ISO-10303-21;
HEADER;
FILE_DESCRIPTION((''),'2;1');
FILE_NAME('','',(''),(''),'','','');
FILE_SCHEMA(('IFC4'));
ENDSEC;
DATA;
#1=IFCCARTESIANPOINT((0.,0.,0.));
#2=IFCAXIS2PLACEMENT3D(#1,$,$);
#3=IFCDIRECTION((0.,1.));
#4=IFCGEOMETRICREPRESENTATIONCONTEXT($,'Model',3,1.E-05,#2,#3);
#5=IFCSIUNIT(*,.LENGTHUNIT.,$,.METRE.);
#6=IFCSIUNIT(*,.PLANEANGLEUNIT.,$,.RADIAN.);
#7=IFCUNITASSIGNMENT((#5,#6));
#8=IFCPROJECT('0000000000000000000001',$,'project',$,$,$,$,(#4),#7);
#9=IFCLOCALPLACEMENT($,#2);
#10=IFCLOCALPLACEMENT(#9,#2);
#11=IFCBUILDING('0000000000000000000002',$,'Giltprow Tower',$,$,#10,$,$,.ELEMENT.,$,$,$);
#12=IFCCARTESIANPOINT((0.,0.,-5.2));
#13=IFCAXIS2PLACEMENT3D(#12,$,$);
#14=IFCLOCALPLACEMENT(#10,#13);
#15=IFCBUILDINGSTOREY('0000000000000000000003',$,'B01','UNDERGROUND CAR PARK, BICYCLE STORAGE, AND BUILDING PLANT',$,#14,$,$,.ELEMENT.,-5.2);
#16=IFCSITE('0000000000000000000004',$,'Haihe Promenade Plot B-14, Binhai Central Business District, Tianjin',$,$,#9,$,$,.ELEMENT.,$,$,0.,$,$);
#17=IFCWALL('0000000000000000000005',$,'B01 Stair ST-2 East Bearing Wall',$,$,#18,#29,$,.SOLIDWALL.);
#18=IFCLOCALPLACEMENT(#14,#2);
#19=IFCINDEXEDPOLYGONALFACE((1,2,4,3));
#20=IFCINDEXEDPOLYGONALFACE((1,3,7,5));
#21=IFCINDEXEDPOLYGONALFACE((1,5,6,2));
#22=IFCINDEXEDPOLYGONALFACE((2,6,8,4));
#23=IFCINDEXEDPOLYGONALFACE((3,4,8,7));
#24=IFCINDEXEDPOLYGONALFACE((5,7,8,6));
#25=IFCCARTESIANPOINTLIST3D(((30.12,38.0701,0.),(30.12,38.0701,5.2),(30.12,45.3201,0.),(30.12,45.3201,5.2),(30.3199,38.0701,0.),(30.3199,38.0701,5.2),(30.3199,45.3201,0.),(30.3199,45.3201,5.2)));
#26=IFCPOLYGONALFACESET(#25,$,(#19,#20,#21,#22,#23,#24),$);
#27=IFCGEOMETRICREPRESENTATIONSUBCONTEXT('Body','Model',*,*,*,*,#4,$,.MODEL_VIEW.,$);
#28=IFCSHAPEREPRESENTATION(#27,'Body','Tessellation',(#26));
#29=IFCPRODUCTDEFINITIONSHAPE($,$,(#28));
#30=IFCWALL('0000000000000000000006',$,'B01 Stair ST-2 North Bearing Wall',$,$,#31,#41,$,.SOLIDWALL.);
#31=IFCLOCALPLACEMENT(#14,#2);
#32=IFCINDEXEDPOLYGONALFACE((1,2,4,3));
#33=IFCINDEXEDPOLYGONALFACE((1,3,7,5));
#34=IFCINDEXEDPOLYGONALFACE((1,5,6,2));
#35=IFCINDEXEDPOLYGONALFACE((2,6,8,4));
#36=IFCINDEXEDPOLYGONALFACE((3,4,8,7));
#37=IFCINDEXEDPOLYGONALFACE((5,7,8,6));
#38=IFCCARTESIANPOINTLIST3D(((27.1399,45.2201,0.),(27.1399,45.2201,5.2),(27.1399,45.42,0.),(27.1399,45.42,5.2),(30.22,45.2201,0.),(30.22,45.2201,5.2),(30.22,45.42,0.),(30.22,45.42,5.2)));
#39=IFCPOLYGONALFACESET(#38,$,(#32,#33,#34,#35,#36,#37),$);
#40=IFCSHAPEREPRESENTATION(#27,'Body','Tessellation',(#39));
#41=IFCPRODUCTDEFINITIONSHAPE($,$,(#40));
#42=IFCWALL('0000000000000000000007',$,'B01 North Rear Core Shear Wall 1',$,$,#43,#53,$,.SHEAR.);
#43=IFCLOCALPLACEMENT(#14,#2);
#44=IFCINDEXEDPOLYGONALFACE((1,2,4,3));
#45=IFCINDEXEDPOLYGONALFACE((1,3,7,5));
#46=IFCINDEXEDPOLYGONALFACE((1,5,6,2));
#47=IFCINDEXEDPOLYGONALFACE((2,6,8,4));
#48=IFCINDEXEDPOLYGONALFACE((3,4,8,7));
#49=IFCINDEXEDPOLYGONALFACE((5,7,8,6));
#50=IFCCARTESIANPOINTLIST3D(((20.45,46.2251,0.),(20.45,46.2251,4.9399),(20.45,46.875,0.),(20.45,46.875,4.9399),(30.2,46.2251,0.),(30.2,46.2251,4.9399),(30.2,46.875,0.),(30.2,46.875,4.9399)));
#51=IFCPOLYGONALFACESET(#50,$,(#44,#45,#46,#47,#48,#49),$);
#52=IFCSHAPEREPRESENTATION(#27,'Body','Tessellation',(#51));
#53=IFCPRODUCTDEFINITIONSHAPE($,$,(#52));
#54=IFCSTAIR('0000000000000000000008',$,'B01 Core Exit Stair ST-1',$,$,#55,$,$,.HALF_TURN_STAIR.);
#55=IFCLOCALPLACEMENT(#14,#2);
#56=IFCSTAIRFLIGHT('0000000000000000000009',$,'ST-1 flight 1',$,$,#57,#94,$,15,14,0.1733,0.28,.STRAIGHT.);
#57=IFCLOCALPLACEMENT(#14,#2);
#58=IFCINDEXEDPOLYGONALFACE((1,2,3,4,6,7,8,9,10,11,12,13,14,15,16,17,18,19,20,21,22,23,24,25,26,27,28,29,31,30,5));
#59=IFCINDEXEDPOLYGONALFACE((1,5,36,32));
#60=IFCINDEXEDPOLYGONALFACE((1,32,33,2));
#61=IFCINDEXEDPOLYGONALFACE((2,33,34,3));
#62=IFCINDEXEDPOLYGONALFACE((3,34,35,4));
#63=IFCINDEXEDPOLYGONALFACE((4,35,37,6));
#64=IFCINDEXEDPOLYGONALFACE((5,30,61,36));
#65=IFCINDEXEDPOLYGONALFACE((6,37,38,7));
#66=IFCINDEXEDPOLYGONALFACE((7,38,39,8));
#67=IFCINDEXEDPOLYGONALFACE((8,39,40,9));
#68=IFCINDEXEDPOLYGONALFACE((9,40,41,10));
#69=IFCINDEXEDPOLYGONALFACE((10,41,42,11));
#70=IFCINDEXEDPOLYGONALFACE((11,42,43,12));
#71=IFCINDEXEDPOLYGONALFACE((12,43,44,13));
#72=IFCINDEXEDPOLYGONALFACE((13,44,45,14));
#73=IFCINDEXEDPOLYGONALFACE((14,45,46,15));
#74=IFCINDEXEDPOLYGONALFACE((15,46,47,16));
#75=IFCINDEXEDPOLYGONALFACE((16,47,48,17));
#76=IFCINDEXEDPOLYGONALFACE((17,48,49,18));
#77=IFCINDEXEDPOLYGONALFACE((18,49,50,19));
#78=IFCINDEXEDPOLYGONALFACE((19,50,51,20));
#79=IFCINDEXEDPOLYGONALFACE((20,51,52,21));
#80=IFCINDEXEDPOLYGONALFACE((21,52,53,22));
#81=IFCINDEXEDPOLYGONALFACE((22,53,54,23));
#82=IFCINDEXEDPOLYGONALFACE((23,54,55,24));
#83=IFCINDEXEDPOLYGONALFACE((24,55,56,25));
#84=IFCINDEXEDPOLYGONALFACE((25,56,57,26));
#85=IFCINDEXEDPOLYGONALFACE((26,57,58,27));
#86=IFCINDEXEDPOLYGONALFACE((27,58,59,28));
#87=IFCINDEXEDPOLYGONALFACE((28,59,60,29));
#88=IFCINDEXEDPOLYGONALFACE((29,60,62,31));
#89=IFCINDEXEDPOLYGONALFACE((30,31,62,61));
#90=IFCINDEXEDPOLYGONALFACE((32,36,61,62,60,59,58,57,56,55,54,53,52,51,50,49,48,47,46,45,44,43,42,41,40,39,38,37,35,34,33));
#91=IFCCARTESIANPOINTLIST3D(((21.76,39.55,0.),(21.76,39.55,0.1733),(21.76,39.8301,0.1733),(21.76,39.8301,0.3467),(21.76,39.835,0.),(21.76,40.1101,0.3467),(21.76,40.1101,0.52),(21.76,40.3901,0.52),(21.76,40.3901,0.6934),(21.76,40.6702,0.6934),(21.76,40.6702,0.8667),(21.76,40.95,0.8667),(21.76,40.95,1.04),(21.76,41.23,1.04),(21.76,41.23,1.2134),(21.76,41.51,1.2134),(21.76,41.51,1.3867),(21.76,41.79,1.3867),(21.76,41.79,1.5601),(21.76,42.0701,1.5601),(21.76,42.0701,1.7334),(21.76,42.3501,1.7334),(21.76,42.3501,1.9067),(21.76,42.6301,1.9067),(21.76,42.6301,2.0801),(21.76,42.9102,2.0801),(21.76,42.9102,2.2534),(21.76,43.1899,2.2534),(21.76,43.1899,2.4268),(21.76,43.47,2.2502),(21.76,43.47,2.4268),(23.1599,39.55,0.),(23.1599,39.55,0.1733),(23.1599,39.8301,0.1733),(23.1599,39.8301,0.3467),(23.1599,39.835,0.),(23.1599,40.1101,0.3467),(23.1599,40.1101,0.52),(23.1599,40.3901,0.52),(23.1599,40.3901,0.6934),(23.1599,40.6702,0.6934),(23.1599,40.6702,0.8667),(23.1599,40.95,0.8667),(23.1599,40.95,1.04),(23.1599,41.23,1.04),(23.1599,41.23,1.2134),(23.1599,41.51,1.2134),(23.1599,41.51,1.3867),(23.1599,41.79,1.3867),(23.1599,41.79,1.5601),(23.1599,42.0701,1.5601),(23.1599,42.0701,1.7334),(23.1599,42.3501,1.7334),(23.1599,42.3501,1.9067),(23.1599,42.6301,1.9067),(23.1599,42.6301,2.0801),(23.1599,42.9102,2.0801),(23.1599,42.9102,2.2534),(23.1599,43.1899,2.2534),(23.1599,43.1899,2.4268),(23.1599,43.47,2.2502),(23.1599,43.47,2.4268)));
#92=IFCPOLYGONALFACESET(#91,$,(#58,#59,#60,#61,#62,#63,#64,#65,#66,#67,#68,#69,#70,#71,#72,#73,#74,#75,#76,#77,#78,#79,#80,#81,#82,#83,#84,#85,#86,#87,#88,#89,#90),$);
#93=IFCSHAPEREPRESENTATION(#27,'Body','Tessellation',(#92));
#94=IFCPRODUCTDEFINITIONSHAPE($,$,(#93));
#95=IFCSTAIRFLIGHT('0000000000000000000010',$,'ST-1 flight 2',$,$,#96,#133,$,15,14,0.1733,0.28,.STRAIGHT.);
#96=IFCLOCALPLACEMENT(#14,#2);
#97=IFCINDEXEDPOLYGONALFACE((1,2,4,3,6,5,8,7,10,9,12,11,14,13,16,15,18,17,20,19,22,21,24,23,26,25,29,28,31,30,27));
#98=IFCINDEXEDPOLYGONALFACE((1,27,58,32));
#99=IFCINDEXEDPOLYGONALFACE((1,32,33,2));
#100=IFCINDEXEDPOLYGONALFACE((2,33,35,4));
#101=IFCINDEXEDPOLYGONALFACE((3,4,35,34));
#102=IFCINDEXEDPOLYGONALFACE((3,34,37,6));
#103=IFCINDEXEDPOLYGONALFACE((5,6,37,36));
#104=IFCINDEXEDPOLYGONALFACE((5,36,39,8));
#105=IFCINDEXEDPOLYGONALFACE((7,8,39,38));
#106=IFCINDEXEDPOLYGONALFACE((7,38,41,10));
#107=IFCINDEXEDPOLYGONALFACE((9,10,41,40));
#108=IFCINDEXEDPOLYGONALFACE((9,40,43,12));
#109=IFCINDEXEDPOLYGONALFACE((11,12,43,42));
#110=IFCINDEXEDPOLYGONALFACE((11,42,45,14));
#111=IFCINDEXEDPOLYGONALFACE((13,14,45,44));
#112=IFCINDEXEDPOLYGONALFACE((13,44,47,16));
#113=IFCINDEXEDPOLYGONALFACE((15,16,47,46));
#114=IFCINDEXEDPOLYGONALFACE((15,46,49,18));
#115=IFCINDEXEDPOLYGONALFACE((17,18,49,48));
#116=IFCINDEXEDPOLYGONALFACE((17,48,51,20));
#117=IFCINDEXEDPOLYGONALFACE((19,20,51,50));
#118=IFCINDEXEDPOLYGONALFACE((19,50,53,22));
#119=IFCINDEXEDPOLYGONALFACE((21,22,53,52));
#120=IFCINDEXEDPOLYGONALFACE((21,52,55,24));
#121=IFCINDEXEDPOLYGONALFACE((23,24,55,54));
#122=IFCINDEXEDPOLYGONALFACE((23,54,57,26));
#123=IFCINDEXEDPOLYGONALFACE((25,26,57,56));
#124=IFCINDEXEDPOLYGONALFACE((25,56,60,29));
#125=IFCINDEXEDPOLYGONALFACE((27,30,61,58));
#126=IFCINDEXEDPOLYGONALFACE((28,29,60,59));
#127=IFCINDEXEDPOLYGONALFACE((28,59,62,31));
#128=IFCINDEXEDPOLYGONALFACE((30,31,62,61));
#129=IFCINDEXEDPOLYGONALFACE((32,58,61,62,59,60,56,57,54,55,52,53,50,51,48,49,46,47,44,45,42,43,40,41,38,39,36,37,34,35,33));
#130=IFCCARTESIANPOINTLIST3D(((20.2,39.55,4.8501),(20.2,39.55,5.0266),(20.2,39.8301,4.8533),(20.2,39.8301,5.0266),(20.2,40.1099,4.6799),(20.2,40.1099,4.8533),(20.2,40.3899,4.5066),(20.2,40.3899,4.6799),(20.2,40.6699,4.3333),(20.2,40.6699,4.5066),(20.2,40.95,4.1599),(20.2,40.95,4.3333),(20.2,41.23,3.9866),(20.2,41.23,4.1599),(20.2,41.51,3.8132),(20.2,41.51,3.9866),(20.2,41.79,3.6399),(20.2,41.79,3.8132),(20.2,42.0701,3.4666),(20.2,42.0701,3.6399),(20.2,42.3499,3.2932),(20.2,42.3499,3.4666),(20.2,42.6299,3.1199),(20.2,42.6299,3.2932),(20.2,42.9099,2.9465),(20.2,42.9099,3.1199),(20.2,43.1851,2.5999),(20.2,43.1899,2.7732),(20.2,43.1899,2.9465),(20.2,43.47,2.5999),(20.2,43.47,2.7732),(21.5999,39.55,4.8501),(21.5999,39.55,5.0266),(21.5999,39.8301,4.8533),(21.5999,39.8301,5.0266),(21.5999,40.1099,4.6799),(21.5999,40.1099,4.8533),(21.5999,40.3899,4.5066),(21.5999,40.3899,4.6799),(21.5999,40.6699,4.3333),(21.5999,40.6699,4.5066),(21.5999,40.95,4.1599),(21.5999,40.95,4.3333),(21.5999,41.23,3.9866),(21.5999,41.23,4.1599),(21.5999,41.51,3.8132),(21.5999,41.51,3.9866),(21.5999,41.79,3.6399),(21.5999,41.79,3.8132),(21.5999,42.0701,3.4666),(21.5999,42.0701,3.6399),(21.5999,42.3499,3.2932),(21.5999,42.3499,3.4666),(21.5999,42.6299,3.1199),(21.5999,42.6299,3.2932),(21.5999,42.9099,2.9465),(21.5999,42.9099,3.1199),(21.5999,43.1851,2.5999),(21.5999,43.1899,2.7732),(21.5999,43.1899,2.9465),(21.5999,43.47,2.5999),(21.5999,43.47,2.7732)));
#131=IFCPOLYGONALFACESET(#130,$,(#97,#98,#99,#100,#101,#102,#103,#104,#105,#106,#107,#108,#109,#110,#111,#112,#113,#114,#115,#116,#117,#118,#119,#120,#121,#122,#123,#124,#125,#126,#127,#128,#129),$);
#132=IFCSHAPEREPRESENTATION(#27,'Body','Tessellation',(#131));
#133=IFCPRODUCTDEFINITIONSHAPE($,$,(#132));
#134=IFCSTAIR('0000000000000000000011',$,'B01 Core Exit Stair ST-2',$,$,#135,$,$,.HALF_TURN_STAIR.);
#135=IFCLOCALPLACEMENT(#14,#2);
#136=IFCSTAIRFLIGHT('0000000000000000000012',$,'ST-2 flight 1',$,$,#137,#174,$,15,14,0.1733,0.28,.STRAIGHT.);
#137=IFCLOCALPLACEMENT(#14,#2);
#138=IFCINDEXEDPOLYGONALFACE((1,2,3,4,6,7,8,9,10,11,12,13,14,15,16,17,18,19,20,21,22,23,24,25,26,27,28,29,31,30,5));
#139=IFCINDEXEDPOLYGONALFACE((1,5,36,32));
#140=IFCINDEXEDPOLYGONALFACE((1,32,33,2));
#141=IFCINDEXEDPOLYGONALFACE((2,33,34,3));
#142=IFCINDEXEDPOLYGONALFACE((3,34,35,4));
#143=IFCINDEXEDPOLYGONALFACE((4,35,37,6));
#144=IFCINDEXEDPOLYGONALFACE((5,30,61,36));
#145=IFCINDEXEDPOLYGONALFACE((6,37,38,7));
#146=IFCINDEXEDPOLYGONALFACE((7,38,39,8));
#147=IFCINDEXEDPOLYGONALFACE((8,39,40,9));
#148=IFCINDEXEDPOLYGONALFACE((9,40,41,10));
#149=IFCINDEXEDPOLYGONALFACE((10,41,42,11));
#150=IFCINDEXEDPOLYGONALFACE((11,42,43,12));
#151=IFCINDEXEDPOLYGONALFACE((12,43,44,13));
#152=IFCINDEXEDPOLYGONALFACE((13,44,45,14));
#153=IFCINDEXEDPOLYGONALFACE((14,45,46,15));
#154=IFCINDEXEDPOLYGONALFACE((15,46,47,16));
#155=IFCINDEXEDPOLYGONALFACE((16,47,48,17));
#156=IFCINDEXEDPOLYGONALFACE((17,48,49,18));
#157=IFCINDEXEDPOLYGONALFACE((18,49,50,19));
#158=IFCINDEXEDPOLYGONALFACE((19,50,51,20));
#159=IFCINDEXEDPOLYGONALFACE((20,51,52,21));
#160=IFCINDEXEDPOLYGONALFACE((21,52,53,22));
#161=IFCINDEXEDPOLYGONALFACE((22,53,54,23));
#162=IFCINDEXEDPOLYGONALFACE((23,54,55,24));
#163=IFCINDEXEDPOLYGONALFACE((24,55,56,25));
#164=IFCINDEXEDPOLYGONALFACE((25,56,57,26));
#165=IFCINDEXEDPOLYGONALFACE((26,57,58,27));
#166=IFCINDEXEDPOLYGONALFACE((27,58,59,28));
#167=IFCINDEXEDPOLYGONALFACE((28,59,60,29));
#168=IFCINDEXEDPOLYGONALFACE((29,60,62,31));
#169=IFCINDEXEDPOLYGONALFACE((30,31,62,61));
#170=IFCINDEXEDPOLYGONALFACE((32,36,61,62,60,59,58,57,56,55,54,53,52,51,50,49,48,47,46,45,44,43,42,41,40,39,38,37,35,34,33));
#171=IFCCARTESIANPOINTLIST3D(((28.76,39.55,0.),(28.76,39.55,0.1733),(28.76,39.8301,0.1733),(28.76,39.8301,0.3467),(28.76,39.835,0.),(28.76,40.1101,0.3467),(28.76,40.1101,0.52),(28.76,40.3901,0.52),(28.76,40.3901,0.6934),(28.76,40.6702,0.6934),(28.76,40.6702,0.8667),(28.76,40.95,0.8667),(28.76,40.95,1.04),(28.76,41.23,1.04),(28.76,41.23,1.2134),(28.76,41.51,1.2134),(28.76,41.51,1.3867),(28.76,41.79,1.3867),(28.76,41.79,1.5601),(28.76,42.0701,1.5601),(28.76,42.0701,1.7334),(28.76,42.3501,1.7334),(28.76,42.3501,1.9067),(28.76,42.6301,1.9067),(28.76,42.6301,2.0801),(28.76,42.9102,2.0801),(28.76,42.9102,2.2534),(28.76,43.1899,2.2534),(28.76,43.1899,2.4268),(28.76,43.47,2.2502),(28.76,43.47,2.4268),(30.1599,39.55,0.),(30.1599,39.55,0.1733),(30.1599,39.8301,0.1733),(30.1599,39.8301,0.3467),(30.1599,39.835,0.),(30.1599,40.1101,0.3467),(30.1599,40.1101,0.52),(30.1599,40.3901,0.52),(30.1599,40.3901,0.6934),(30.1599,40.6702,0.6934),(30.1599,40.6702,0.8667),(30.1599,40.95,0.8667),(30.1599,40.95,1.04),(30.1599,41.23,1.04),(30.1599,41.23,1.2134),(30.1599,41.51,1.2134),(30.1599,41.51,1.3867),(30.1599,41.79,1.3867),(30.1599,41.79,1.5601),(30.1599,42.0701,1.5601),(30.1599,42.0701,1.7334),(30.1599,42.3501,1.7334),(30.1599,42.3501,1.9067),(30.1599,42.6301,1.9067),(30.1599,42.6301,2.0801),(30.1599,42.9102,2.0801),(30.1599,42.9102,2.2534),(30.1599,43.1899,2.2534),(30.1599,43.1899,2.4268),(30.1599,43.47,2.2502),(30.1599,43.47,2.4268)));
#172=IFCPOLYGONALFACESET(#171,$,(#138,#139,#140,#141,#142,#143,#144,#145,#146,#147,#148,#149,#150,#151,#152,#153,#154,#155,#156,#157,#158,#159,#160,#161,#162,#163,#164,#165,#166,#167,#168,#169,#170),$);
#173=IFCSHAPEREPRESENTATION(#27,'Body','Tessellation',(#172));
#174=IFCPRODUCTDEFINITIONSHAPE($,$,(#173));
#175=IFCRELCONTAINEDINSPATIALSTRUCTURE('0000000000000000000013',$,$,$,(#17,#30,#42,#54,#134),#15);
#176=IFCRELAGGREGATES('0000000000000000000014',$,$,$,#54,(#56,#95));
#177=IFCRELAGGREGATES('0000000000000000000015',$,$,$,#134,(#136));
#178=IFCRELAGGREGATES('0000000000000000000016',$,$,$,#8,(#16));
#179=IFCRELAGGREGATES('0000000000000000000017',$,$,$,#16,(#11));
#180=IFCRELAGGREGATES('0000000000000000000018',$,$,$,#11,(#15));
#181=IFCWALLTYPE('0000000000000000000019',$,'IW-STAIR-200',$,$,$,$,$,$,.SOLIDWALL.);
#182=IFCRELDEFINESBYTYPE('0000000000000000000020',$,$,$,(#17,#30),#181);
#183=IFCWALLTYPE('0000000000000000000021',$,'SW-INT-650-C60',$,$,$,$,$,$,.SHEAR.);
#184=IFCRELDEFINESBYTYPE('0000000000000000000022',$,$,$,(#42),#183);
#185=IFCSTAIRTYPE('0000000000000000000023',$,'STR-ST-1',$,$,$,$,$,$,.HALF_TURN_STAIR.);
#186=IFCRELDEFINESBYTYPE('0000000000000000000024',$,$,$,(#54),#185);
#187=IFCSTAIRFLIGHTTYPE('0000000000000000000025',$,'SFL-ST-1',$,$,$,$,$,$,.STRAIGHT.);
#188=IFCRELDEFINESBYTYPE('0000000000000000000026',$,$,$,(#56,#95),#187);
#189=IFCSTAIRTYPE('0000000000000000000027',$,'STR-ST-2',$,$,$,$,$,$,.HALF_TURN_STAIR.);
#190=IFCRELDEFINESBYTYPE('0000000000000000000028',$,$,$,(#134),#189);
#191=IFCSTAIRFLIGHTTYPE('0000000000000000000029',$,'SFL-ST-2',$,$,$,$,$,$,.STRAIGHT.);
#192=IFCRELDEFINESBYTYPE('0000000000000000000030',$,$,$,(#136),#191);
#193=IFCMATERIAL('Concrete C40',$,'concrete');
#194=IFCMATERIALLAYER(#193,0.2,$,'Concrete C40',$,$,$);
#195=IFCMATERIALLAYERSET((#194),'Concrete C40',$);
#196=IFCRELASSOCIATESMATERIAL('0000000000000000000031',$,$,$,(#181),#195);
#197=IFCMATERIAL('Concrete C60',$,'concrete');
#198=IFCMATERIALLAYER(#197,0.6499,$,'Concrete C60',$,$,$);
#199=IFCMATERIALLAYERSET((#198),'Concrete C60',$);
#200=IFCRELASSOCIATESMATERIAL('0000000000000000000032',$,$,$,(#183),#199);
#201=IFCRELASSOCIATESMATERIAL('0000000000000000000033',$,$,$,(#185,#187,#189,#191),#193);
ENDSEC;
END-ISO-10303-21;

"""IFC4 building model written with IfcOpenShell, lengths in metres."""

from ifc_helpers import new_model, si_unit, direction, frame, frame_2d, origin, place, context, subcontext, project, spatial, polyline, rectangle, outline, extrude, material, layer, layer_set, type_object, element, aggregate, save


model = new_model("IFC4")

# Units and contexts
model_context = context("Model", 3, precision=1e-05, world=origin(), true_north=direction((0.0, 1.0)))
body_context = subcontext(model_context, "Body", "Model", "MODEL_VIEW")
ifc_project = project(units=[si_unit("LENGTHUNIT", "METRE"), si_unit("PLANEANGLEUNIT", "RADIAN")], contexts=[model_context])

# Site, building, storey
site_placement = place(None, origin())
site = spatial("IfcSite", under=ifc_project, at=site_placement, Name="Haihe Promenade Plot B-14, Binhai Central Business District, Tianjin", CompositionType="ELEMENT", RefElevation=0.0)
building_placement = place(site_placement, origin())
building = spatial("IfcBuilding", under=site, at=building_placement, Name="Giltprow Tower", CompositionType="ELEMENT")
storey_placement = place(building_placement, frame((0.0, 0.0, -5.2)))
storey = spatial("IfcBuildingStorey", under=building, at=storey_placement, Name="B01", Description="UNDERGROUND CAR PARK, BICYCLE STORAGE, AND BUILDING PLANT", CompositionType="ELEMENT", Elevation=-5.2)

# Shared definitions
ifc_material_1 = material(Name="Concrete C60", Category="concrete")

# Shared definitions
ifc_material_2 = material(Name="Concrete C40", Category="concrete")

# Walls
ifc_layer_1 = layer(ifc_material_2, 0.2, Name="Concrete C40")
ifc_layer_set_1 = layer_set([ifc_layer_1], Name="Concrete C40")
wall_type_1 = type_object("IfcWallType", Name="IW-STAIR-200", PredefinedType="SOLIDWALL", material=ifc_layer_set_1)
wall_1_placement = place(storey_placement, frame((30.22, 38.0701, 0.0), z_axis=(0.0, 0.0, 1.0), x_axis=(0.0, 1.0, 0.0)))
element("IfcWall", 1, at=wall_1_placement, inside=storey, type_object=wall_type_1, Name="B01 Stair ST-2 East Bearing Wall", PredefinedType="SOLIDWALL", context=body_context, shape_type="SweptSolid", body=[
    extrude(rectangle(XDim=7.25, YDim=0.2, at=frame_2d((3.625, 0.0))), origin(), (0.0, 0.0, 1.0), 5.2),
])
wall_2_placement = place(storey_placement, frame((27.1399, 45.3201, 0.0), z_axis=(0.0, 0.0, 1.0), x_axis=(1.0, 0.0, 0.0)))
element("IfcWall", 2, at=wall_2_placement, inside=storey, type_object=wall_type_1, Name="B01 Stair ST-2 North Bearing Wall", PredefinedType="SOLIDWALL", context=body_context, shape_type="SweptSolid", body=[
    extrude(rectangle(XDim=3.0801, YDim=0.2, at=frame_2d((1.54, 0.0))), origin(), (0.0, 0.0, 1.0), 5.2),
])
ifc_layer_2 = layer(ifc_material_1, 0.6499, Name="Concrete C60")
ifc_layer_set_2 = layer_set([ifc_layer_2], Name="Concrete C60")
wall_type_2 = type_object("IfcWallType", Name="SW-INT-650-C60", PredefinedType="SHEAR", material=ifc_layer_set_2)
wall_3_placement = place(storey_placement, frame((20.45, 46.55, 0.0), z_axis=(0.0, 0.0, 1.0), x_axis=(1.0, 0.0, 0.0)))
element("IfcWall", 3, at=wall_3_placement, inside=storey, type_object=wall_type_2, Name="B01 North Rear Core Shear Wall 1", PredefinedType="SHEAR", context=body_context, shape_type="SweptSolid", body=[
    extrude(rectangle(XDim=9.75, YDim=0.6499, at=frame_2d((4.875, 0.0))), origin(), (0.0, 0.0, 1.0), 4.9399),
])

# Stairs, stair flights
stair_type_1 = type_object("IfcStairType", Name="STR-ST-1", PredefinedType="HALF_TURN_STAIR", material=ifc_material_2)
stair_1_placement = place(storey_placement, origin())
stair_1 = element("IfcStair", 4, at=stair_1_placement, inside=storey, type_object=stair_type_1, Name="B01 Core Exit Stair ST-1", PredefinedType="HALF_TURN_STAIR")
stair_flight_type_1 = type_object("IfcStairFlightType", Name="SFL-ST-1", PredefinedType="STRAIGHT", material=ifc_material_2)
stair_flight_1_placement = place(storey_placement, frame((22.46, 39.55, 0.0), z_axis=(0.0, 0.0, 1.0), x_axis=(0.0, 1.0, 0.0)))
stair_flight_1 = element("IfcStairFlight", 5, at=stair_flight_1_placement, type_object=stair_flight_type_1, Name="ST-1 flight 1", NumberOfRisers=15, NumberOfTreads=14, PredefinedType="STRAIGHT", RiserHeight=0.1733, TreadLength=0.28, context=body_context, shape_type="SweptSolid", body=[
    extrude(outline(polyline([(0.0, 0.0), (0.0, 0.1733), (0.28, 0.1733), (0.28, 0.3467), (0.5601, 0.3467), (0.5601, 0.52), (0.8401, 0.52), (0.8401, 0.6934), (1.1201, 0.6934), (1.1201, 0.8667), (1.3999, 0.8667), (1.3999, 1.04), (1.6799, 1.04), (1.6799, 1.2134), (1.96, 1.2134), (1.96, 1.3867), (2.24, 1.3867), (2.24, 1.5601), (2.52, 1.5601), (2.52, 1.7334), (2.8, 1.7334), (2.8, 1.9067), (3.0801, 1.9067), (3.0801, 2.0801), (3.3601, 2.0801), (3.3601, 2.2534), (3.6399, 2.2534), (3.6399, 2.4268), (3.9199, 2.4268), (3.9199, 2.6001), (3.9199, 2.2502), (0.2849, 0.0), (0.0, 0.0)])), frame((0.0, 0.7, 0.0), z_axis=(0.0, -1.0, 0.0), x_axis=(1.0, 0.0, 0.0)), (0.0, 0.0, 1.0), 1.3999),
])
stair_flight_2_placement = place(storey_placement, frame((20.8999, 43.47, 2.5999), z_axis=(0.0, 0.0, 1.0), x_axis=(0.0, -1.0, 0.0)))
stair_flight_2 = element("IfcStairFlight", 6, at=stair_flight_2_placement, type_object=stair_flight_type_1, Name="ST-1 flight 2", NumberOfRisers=15, NumberOfTreads=14, PredefinedType="STRAIGHT", RiserHeight=0.1733, TreadLength=0.28, context=body_context, shape_type="SweptSolid", body=[
    extrude(outline(polyline([(0.0, 0.0), (0.0, 0.1733), (0.28, 0.1733), (0.28, 0.3467), (0.5601, 0.3467), (0.5601, 0.52), (0.8401, 0.52), (0.8401, 0.6934), (1.1201, 0.6934), (1.1201, 0.8667), (1.3999, 0.8667), (1.3999, 1.04), (1.6799, 1.04), (1.6799, 1.2134), (1.96, 1.2134), (1.96, 1.3867), (2.24, 1.3867), (2.24, 1.5601), (2.52, 1.5601), (2.52, 1.7334), (2.8, 1.7334), (2.8, 1.9067), (3.0801, 1.9067), (3.0801, 2.0801), (3.3601, 2.0801), (3.3601, 2.2534), (3.6399, 2.2534), (3.6399, 2.4268), (3.9199, 2.4268), (3.9199, 2.6001), (3.9199, 2.2502), (0.2849, 0.0), (0.0, 0.0)])), frame((0.0, 0.7, 0.0), z_axis=(0.0, -1.0, 0.0), x_axis=(1.0, 0.0, 0.0)), (0.0, 0.0, 1.0), 1.3999),
])
aggregate(stair_1, [stair_flight_1, stair_flight_2])
stair_type_2 = type_object("IfcStairType", Name="STR-ST-2", PredefinedType="HALF_TURN_STAIR", material=ifc_material_2)
stair_2_placement = place(storey_placement, origin())
stair_2 = element("IfcStair", 7, at=stair_2_placement, inside=storey, type_object=stair_type_2, Name="B01 Core Exit Stair ST-2", PredefinedType="HALF_TURN_STAIR")
stair_flight_type_2 = type_object("IfcStairFlightType", Name="SFL-ST-2", PredefinedType="STRAIGHT", material=ifc_material_2)
stair_flight_3_placement = place(storey_placement, frame((29.46, 39.55, 0.0), z_axis=(0.0, 0.0, 1.0), x_axis=(0.0, 1.0, 0.0)))
stair_flight_3 = element("IfcStairFlight", 8, at=stair_flight_3_placement, type_object=stair_flight_type_2, Name="ST-2 flight 1", NumberOfRisers=15, NumberOfTreads=14, PredefinedType="STRAIGHT", RiserHeight=0.1733, TreadLength=0.28, context=body_context, shape_type="SweptSolid", body=[
    extrude(outline(polyline([(0.0, 0.0), (0.0, 0.1733), (0.28, 0.1733), (0.28, 0.3467), (0.5601, 0.3467), (0.5601, 0.52), (0.8401, 0.52), (0.8401, 0.6934), (1.1201, 0.6934), (1.1201, 0.8667), (1.3999, 0.8667), (1.3999, 1.04), (1.6799, 1.04), (1.6799, 1.2134), (1.96, 1.2134), (1.96, 1.3867), (2.24, 1.3867), (2.24, 1.5601), (2.52, 1.5601), (2.52, 1.7334), (2.8, 1.7334), (2.8, 1.9067), (3.0801, 1.9067), (3.0801, 2.0801), (3.3601, 2.0801), (3.3601, 2.2534), (3.6399, 2.2534), (3.6399, 2.4268), (3.9199, 2.4268), (3.9199, 2.6001), (3.9199, 2.2502), (0.2849, 0.0), (0.0, 0.0)])), frame((0.0, 0.7, 0.0), z_axis=(0.0, -1.0, 0.0), x_axis=(1.0, 0.0, 0.0)), (0.0, 0.0, 1.0), 1.3999),
])
aggregate(stair_2, [stair_flight_3])

save(model, "model.ifc")
